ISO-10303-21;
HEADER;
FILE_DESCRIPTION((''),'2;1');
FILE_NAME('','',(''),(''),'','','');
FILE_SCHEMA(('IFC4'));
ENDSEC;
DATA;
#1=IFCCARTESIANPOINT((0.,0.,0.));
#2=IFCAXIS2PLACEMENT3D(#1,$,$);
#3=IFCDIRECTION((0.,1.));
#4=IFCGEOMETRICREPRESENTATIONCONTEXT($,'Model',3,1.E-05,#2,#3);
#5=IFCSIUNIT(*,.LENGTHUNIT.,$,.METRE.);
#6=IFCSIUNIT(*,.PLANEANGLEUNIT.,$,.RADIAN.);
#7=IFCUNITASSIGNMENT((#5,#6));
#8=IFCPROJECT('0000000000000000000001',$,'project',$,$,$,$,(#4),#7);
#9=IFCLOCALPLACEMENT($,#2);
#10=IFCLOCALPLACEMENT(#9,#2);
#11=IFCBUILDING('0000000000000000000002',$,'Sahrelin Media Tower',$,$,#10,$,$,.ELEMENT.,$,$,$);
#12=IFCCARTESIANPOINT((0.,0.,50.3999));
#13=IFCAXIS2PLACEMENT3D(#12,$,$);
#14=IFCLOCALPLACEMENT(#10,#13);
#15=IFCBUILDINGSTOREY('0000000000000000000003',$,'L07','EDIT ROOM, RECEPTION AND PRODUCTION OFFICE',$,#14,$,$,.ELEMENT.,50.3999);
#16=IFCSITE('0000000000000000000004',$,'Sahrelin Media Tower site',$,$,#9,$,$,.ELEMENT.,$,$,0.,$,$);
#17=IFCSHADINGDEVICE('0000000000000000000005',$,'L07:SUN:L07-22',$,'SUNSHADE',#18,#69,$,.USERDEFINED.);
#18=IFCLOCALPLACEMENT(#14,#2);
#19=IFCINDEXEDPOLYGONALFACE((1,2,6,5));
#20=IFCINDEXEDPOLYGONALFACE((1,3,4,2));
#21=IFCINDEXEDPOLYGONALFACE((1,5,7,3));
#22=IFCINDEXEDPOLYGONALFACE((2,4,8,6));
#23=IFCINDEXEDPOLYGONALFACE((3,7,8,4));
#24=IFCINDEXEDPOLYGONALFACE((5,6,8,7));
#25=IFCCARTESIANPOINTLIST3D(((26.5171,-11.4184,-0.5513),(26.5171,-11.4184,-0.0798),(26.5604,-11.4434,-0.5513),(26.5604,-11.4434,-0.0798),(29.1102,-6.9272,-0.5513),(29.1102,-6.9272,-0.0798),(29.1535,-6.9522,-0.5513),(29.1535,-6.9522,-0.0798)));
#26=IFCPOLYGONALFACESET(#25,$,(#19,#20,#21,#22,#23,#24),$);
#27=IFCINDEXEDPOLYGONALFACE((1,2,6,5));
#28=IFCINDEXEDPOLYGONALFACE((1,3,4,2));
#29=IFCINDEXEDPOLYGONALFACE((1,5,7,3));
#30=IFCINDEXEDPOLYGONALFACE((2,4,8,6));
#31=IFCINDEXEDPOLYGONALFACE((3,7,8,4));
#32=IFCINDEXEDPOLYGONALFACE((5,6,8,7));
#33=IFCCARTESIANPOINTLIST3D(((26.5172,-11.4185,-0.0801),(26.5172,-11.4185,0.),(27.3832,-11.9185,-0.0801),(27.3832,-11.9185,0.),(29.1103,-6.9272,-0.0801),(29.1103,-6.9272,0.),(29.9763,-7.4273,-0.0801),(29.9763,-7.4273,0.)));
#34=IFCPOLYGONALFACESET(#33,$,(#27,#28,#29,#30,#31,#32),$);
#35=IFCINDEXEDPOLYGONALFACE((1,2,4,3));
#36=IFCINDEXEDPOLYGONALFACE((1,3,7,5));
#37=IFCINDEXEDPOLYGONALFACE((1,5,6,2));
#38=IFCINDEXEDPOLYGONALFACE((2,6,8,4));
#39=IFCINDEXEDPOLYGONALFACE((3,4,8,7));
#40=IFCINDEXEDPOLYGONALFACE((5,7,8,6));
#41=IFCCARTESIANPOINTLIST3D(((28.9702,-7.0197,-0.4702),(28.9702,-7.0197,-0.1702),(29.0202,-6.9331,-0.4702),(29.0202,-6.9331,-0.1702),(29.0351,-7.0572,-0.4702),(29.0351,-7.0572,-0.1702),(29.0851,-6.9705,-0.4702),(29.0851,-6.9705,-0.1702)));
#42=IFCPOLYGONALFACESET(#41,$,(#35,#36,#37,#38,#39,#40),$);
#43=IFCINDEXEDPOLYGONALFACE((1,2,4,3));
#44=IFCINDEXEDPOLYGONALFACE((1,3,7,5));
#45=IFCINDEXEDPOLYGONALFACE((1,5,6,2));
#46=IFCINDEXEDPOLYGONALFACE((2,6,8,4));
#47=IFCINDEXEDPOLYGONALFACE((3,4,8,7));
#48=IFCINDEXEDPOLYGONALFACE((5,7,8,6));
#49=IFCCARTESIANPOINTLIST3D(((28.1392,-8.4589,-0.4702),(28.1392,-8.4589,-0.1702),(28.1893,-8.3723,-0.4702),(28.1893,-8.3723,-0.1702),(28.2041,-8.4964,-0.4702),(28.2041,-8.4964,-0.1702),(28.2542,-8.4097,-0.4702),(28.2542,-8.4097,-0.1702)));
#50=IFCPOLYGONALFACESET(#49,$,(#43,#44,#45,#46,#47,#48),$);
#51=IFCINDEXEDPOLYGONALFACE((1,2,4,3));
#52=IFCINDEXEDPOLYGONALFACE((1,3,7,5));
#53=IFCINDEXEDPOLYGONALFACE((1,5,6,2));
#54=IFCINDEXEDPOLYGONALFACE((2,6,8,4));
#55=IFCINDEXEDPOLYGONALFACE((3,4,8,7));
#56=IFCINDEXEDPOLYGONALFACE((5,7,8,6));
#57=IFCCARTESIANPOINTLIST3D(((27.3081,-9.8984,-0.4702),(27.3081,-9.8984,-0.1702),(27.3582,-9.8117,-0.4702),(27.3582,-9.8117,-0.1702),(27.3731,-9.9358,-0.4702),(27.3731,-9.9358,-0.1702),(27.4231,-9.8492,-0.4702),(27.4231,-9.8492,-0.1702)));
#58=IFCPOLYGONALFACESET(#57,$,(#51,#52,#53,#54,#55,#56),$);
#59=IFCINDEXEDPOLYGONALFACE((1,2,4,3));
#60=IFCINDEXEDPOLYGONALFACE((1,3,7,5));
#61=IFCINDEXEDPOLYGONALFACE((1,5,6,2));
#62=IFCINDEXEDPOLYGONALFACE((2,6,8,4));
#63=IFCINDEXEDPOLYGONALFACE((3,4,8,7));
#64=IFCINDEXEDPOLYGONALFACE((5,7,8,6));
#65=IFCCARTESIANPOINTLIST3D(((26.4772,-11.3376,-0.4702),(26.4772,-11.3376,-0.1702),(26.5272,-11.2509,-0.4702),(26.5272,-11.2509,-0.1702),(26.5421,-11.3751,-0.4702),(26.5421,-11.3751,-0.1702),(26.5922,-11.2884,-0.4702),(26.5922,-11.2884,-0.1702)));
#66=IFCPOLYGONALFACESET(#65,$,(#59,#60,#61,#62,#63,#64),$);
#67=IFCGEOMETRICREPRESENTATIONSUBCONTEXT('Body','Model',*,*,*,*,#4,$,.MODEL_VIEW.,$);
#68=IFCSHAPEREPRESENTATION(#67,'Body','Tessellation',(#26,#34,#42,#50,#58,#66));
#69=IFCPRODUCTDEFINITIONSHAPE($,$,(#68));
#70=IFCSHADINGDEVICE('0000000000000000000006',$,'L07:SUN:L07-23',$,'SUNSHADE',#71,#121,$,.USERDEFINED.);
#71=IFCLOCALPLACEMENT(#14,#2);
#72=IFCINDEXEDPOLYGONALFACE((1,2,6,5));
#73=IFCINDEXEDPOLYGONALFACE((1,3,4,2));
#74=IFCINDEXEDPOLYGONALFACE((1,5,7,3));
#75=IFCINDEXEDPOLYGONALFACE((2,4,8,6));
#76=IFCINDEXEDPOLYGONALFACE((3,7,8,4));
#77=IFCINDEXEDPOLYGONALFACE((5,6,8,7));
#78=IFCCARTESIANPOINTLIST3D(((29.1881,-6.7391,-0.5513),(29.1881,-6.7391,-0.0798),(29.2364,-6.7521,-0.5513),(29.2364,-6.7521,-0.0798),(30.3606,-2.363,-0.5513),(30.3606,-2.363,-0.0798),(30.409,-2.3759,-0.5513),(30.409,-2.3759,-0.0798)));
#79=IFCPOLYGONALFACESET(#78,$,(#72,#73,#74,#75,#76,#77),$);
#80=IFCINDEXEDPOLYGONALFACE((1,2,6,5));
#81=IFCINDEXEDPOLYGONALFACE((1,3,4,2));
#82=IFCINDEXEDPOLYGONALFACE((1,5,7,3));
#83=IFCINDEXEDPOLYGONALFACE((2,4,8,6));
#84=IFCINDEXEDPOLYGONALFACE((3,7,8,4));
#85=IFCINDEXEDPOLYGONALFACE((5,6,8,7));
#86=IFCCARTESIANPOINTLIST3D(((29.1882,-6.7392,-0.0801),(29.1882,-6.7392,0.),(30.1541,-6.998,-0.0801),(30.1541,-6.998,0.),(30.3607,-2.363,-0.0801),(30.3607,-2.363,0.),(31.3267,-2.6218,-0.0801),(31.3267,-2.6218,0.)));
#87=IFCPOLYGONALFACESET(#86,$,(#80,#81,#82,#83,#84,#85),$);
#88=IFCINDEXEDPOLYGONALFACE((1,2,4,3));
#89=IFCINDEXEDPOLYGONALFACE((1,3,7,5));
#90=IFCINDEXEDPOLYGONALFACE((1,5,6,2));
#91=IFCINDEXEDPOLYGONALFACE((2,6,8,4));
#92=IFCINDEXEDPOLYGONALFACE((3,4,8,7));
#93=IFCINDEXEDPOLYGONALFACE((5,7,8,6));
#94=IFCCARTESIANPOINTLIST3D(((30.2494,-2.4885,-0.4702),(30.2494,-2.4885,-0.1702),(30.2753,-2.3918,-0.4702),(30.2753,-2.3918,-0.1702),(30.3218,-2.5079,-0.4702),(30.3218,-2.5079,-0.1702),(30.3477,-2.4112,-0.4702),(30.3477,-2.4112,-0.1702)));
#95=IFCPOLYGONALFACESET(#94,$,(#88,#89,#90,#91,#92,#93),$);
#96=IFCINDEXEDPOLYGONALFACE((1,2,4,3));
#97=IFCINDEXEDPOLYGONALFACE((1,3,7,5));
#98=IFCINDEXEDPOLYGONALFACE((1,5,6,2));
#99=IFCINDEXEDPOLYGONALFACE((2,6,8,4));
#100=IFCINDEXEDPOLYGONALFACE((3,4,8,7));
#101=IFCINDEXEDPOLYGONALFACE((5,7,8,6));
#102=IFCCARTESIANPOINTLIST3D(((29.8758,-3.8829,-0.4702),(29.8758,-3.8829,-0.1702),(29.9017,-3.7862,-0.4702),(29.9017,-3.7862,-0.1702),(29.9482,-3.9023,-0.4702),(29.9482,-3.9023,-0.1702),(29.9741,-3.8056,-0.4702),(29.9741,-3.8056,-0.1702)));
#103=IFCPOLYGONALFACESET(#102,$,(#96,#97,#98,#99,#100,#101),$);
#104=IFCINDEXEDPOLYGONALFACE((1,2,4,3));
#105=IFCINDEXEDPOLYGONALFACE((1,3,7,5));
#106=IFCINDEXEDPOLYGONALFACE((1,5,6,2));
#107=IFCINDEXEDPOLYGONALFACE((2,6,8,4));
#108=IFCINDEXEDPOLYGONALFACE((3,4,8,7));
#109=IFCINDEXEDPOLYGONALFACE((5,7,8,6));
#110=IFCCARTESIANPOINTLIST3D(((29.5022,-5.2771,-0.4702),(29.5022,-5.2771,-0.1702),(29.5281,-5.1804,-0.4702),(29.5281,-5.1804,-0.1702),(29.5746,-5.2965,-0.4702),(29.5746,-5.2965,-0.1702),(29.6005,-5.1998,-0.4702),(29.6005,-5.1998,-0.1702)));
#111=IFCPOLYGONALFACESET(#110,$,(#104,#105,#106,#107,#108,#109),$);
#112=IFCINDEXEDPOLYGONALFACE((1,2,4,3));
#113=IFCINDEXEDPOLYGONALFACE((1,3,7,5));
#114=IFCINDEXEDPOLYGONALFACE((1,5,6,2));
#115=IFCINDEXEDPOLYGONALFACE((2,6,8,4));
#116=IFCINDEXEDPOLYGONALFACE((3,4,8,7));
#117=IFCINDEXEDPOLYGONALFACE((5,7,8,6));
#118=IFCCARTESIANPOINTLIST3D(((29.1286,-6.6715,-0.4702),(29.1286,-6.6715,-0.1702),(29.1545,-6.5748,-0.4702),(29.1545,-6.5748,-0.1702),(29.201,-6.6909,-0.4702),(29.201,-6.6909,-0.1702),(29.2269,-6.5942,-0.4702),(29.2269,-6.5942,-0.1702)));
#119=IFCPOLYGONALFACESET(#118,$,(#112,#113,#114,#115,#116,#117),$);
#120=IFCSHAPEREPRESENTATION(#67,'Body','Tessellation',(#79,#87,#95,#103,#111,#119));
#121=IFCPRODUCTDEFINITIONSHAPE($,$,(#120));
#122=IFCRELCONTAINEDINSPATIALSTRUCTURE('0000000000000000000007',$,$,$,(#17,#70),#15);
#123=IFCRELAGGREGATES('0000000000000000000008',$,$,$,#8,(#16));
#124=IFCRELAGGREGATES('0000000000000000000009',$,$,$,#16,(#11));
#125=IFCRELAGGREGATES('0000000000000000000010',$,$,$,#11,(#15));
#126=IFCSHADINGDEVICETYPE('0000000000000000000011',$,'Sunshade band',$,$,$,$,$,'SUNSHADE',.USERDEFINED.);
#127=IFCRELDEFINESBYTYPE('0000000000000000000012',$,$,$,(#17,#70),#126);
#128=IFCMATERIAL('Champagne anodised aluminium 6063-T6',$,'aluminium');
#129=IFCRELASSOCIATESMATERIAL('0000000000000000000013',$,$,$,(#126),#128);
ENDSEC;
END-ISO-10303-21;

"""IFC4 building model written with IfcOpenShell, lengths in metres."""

from ifc_helpers import new_model, si_unit, direction, frame, origin, origin_2d, place, context, subcontext, project, spatial, rectangle, extrude, material, type_object, element, save


model = new_model("IFC4")

# Units and contexts
model_context = context("Model", 3, precision=1e-05, world=origin(), true_north=direction((0.0, 1.0)))
body_context = subcontext(model_context, "Body", "Model", "MODEL_VIEW")
ifc_project = project(units=[si_unit("LENGTHUNIT", "METRE"), si_unit("PLANEANGLEUNIT", "RADIAN")], contexts=[model_context])

# Site, building, storey
site_placement = place(None, origin())
site = spatial("IfcSite", under=ifc_project, at=site_placement, Name="Sahrelin Media Tower site", CompositionType="ELEMENT", RefElevation=0.0)
building_placement = place(site_placement, origin())
building = spatial("IfcBuilding", under=site, at=building_placement, Name="Sahrelin Media Tower", CompositionType="ELEMENT")
storey_placement = place(building_placement, frame((0.0, 0.0, 50.3999)))
storey = spatial("IfcBuildingStorey", under=building, at=storey_placement, Name="L07", Description="EDIT ROOM, RECEPTION AND PRODUCTION OFFICE", CompositionType="ELEMENT", Elevation=50.3999)

# Shared definitions
ifc_material_1 = material(Name="Champagne anodised aluminium 6063-T6", Category="aluminium")

# Shading devices
placement_1 = place(storey_placement, frame((27.7964, -9.1628, 0.0), z_axis=(0.0, 0.0, 1.0), x_axis=(-0.500011, -0.866019, 0.0)))
placement_2 = place(storey_placement, frame((29.7551, -4.5459, 0.0), z_axis=(0.0, 0.0, 1.0), x_axis=(-0.258808, -0.965929, 0.0)))
shading_device_type_1 = type_object("IfcShadingDeviceType", Name="Sunshade band", ElementType="SUNSHADE", PredefinedType="USERDEFINED", material=ifc_material_1)
element("IfcShadingDevice", 1, at=placement_1, inside=storey, type_object=shading_device_type_1, Name="L07:SUN:L07-22", ObjectType="SUNSHADE", PredefinedType="USERDEFINED", context=body_context, shape_type="SweptSolid", body=[
    extrude(rectangle(XDim=5.186, YDim=0.05, at=origin_2d()), frame((0.0, 0.0449, -0.5513)), (0.0, 0.0, 1.0), 0.4714),
    extrude(rectangle(XDim=5.186, YDim=1.0, at=origin_2d()), frame((0.0, 0.52, -0.0801)), (0.0, 0.0, 1.0), 0.0801),
    extrude(rectangle(XDim=0.1001, YDim=0.075, at=origin_2d()), frame((-2.4929, -0.0176, -0.4702)), (0.0, 0.0, 1.0), 0.3),
    extrude(rectangle(XDim=0.1001, YDim=0.075, at=origin_2d()), frame((-0.8311, -0.0176, -0.4702)), (0.0, 0.0, 1.0), 0.3),
    extrude(rectangle(XDim=0.1001, YDim=0.075, at=origin_2d()), frame((0.8311, -0.0176, -0.4702)), (0.0, 0.0, 1.0), 0.3),
    extrude(rectangle(XDim=0.1001, YDim=0.075, at=origin_2d()), frame((2.4929, -0.0176, -0.4702)), (0.0, 0.0, 1.0), 0.3),
])
element("IfcShadingDevice", 2, at=placement_2, inside=storey, type_object=shading_device_type_1, Name="L07:SUN:L07-23", ObjectType="SUNSHADE", PredefinedType="USERDEFINED", context=body_context, shape_type="SweptSolid", body=[
    extrude(rectangle(XDim=4.5305, YDim=0.05, at=origin_2d()), frame((0.0, 0.0449, -0.5513)), (0.0, 0.0, 1.0), 0.4714),
    extrude(rectangle(XDim=4.5305, YDim=1.0, at=origin_2d()), frame((0.0, 0.52, -0.0801)), (0.0, 0.0, 1.0), 0.0801),
    extrude(rectangle(XDim=0.1001, YDim=0.075, at=origin_2d()), frame((-2.1653, -0.0176, -0.4702)), (0.0, 0.0, 1.0), 0.3),
    extrude(rectangle(XDim=0.1001, YDim=0.075, at=origin_2d()), frame((-0.7217, -0.0176, -0.4702)), (0.0, 0.0, 1.0), 0.3),
    extrude(rectangle(XDim=0.1001, YDim=0.075, at=origin_2d()), frame((0.7217, -0.0176, -0.4702)), (0.0, 0.0, 1.0), 0.3),
    extrude(rectangle(XDim=0.1001, YDim=0.075, at=origin_2d()), frame((2.1653, -0.0176, -0.4702)), (0.0, 0.0, 1.0), 0.3),
])

save(model, "model.ifc")
